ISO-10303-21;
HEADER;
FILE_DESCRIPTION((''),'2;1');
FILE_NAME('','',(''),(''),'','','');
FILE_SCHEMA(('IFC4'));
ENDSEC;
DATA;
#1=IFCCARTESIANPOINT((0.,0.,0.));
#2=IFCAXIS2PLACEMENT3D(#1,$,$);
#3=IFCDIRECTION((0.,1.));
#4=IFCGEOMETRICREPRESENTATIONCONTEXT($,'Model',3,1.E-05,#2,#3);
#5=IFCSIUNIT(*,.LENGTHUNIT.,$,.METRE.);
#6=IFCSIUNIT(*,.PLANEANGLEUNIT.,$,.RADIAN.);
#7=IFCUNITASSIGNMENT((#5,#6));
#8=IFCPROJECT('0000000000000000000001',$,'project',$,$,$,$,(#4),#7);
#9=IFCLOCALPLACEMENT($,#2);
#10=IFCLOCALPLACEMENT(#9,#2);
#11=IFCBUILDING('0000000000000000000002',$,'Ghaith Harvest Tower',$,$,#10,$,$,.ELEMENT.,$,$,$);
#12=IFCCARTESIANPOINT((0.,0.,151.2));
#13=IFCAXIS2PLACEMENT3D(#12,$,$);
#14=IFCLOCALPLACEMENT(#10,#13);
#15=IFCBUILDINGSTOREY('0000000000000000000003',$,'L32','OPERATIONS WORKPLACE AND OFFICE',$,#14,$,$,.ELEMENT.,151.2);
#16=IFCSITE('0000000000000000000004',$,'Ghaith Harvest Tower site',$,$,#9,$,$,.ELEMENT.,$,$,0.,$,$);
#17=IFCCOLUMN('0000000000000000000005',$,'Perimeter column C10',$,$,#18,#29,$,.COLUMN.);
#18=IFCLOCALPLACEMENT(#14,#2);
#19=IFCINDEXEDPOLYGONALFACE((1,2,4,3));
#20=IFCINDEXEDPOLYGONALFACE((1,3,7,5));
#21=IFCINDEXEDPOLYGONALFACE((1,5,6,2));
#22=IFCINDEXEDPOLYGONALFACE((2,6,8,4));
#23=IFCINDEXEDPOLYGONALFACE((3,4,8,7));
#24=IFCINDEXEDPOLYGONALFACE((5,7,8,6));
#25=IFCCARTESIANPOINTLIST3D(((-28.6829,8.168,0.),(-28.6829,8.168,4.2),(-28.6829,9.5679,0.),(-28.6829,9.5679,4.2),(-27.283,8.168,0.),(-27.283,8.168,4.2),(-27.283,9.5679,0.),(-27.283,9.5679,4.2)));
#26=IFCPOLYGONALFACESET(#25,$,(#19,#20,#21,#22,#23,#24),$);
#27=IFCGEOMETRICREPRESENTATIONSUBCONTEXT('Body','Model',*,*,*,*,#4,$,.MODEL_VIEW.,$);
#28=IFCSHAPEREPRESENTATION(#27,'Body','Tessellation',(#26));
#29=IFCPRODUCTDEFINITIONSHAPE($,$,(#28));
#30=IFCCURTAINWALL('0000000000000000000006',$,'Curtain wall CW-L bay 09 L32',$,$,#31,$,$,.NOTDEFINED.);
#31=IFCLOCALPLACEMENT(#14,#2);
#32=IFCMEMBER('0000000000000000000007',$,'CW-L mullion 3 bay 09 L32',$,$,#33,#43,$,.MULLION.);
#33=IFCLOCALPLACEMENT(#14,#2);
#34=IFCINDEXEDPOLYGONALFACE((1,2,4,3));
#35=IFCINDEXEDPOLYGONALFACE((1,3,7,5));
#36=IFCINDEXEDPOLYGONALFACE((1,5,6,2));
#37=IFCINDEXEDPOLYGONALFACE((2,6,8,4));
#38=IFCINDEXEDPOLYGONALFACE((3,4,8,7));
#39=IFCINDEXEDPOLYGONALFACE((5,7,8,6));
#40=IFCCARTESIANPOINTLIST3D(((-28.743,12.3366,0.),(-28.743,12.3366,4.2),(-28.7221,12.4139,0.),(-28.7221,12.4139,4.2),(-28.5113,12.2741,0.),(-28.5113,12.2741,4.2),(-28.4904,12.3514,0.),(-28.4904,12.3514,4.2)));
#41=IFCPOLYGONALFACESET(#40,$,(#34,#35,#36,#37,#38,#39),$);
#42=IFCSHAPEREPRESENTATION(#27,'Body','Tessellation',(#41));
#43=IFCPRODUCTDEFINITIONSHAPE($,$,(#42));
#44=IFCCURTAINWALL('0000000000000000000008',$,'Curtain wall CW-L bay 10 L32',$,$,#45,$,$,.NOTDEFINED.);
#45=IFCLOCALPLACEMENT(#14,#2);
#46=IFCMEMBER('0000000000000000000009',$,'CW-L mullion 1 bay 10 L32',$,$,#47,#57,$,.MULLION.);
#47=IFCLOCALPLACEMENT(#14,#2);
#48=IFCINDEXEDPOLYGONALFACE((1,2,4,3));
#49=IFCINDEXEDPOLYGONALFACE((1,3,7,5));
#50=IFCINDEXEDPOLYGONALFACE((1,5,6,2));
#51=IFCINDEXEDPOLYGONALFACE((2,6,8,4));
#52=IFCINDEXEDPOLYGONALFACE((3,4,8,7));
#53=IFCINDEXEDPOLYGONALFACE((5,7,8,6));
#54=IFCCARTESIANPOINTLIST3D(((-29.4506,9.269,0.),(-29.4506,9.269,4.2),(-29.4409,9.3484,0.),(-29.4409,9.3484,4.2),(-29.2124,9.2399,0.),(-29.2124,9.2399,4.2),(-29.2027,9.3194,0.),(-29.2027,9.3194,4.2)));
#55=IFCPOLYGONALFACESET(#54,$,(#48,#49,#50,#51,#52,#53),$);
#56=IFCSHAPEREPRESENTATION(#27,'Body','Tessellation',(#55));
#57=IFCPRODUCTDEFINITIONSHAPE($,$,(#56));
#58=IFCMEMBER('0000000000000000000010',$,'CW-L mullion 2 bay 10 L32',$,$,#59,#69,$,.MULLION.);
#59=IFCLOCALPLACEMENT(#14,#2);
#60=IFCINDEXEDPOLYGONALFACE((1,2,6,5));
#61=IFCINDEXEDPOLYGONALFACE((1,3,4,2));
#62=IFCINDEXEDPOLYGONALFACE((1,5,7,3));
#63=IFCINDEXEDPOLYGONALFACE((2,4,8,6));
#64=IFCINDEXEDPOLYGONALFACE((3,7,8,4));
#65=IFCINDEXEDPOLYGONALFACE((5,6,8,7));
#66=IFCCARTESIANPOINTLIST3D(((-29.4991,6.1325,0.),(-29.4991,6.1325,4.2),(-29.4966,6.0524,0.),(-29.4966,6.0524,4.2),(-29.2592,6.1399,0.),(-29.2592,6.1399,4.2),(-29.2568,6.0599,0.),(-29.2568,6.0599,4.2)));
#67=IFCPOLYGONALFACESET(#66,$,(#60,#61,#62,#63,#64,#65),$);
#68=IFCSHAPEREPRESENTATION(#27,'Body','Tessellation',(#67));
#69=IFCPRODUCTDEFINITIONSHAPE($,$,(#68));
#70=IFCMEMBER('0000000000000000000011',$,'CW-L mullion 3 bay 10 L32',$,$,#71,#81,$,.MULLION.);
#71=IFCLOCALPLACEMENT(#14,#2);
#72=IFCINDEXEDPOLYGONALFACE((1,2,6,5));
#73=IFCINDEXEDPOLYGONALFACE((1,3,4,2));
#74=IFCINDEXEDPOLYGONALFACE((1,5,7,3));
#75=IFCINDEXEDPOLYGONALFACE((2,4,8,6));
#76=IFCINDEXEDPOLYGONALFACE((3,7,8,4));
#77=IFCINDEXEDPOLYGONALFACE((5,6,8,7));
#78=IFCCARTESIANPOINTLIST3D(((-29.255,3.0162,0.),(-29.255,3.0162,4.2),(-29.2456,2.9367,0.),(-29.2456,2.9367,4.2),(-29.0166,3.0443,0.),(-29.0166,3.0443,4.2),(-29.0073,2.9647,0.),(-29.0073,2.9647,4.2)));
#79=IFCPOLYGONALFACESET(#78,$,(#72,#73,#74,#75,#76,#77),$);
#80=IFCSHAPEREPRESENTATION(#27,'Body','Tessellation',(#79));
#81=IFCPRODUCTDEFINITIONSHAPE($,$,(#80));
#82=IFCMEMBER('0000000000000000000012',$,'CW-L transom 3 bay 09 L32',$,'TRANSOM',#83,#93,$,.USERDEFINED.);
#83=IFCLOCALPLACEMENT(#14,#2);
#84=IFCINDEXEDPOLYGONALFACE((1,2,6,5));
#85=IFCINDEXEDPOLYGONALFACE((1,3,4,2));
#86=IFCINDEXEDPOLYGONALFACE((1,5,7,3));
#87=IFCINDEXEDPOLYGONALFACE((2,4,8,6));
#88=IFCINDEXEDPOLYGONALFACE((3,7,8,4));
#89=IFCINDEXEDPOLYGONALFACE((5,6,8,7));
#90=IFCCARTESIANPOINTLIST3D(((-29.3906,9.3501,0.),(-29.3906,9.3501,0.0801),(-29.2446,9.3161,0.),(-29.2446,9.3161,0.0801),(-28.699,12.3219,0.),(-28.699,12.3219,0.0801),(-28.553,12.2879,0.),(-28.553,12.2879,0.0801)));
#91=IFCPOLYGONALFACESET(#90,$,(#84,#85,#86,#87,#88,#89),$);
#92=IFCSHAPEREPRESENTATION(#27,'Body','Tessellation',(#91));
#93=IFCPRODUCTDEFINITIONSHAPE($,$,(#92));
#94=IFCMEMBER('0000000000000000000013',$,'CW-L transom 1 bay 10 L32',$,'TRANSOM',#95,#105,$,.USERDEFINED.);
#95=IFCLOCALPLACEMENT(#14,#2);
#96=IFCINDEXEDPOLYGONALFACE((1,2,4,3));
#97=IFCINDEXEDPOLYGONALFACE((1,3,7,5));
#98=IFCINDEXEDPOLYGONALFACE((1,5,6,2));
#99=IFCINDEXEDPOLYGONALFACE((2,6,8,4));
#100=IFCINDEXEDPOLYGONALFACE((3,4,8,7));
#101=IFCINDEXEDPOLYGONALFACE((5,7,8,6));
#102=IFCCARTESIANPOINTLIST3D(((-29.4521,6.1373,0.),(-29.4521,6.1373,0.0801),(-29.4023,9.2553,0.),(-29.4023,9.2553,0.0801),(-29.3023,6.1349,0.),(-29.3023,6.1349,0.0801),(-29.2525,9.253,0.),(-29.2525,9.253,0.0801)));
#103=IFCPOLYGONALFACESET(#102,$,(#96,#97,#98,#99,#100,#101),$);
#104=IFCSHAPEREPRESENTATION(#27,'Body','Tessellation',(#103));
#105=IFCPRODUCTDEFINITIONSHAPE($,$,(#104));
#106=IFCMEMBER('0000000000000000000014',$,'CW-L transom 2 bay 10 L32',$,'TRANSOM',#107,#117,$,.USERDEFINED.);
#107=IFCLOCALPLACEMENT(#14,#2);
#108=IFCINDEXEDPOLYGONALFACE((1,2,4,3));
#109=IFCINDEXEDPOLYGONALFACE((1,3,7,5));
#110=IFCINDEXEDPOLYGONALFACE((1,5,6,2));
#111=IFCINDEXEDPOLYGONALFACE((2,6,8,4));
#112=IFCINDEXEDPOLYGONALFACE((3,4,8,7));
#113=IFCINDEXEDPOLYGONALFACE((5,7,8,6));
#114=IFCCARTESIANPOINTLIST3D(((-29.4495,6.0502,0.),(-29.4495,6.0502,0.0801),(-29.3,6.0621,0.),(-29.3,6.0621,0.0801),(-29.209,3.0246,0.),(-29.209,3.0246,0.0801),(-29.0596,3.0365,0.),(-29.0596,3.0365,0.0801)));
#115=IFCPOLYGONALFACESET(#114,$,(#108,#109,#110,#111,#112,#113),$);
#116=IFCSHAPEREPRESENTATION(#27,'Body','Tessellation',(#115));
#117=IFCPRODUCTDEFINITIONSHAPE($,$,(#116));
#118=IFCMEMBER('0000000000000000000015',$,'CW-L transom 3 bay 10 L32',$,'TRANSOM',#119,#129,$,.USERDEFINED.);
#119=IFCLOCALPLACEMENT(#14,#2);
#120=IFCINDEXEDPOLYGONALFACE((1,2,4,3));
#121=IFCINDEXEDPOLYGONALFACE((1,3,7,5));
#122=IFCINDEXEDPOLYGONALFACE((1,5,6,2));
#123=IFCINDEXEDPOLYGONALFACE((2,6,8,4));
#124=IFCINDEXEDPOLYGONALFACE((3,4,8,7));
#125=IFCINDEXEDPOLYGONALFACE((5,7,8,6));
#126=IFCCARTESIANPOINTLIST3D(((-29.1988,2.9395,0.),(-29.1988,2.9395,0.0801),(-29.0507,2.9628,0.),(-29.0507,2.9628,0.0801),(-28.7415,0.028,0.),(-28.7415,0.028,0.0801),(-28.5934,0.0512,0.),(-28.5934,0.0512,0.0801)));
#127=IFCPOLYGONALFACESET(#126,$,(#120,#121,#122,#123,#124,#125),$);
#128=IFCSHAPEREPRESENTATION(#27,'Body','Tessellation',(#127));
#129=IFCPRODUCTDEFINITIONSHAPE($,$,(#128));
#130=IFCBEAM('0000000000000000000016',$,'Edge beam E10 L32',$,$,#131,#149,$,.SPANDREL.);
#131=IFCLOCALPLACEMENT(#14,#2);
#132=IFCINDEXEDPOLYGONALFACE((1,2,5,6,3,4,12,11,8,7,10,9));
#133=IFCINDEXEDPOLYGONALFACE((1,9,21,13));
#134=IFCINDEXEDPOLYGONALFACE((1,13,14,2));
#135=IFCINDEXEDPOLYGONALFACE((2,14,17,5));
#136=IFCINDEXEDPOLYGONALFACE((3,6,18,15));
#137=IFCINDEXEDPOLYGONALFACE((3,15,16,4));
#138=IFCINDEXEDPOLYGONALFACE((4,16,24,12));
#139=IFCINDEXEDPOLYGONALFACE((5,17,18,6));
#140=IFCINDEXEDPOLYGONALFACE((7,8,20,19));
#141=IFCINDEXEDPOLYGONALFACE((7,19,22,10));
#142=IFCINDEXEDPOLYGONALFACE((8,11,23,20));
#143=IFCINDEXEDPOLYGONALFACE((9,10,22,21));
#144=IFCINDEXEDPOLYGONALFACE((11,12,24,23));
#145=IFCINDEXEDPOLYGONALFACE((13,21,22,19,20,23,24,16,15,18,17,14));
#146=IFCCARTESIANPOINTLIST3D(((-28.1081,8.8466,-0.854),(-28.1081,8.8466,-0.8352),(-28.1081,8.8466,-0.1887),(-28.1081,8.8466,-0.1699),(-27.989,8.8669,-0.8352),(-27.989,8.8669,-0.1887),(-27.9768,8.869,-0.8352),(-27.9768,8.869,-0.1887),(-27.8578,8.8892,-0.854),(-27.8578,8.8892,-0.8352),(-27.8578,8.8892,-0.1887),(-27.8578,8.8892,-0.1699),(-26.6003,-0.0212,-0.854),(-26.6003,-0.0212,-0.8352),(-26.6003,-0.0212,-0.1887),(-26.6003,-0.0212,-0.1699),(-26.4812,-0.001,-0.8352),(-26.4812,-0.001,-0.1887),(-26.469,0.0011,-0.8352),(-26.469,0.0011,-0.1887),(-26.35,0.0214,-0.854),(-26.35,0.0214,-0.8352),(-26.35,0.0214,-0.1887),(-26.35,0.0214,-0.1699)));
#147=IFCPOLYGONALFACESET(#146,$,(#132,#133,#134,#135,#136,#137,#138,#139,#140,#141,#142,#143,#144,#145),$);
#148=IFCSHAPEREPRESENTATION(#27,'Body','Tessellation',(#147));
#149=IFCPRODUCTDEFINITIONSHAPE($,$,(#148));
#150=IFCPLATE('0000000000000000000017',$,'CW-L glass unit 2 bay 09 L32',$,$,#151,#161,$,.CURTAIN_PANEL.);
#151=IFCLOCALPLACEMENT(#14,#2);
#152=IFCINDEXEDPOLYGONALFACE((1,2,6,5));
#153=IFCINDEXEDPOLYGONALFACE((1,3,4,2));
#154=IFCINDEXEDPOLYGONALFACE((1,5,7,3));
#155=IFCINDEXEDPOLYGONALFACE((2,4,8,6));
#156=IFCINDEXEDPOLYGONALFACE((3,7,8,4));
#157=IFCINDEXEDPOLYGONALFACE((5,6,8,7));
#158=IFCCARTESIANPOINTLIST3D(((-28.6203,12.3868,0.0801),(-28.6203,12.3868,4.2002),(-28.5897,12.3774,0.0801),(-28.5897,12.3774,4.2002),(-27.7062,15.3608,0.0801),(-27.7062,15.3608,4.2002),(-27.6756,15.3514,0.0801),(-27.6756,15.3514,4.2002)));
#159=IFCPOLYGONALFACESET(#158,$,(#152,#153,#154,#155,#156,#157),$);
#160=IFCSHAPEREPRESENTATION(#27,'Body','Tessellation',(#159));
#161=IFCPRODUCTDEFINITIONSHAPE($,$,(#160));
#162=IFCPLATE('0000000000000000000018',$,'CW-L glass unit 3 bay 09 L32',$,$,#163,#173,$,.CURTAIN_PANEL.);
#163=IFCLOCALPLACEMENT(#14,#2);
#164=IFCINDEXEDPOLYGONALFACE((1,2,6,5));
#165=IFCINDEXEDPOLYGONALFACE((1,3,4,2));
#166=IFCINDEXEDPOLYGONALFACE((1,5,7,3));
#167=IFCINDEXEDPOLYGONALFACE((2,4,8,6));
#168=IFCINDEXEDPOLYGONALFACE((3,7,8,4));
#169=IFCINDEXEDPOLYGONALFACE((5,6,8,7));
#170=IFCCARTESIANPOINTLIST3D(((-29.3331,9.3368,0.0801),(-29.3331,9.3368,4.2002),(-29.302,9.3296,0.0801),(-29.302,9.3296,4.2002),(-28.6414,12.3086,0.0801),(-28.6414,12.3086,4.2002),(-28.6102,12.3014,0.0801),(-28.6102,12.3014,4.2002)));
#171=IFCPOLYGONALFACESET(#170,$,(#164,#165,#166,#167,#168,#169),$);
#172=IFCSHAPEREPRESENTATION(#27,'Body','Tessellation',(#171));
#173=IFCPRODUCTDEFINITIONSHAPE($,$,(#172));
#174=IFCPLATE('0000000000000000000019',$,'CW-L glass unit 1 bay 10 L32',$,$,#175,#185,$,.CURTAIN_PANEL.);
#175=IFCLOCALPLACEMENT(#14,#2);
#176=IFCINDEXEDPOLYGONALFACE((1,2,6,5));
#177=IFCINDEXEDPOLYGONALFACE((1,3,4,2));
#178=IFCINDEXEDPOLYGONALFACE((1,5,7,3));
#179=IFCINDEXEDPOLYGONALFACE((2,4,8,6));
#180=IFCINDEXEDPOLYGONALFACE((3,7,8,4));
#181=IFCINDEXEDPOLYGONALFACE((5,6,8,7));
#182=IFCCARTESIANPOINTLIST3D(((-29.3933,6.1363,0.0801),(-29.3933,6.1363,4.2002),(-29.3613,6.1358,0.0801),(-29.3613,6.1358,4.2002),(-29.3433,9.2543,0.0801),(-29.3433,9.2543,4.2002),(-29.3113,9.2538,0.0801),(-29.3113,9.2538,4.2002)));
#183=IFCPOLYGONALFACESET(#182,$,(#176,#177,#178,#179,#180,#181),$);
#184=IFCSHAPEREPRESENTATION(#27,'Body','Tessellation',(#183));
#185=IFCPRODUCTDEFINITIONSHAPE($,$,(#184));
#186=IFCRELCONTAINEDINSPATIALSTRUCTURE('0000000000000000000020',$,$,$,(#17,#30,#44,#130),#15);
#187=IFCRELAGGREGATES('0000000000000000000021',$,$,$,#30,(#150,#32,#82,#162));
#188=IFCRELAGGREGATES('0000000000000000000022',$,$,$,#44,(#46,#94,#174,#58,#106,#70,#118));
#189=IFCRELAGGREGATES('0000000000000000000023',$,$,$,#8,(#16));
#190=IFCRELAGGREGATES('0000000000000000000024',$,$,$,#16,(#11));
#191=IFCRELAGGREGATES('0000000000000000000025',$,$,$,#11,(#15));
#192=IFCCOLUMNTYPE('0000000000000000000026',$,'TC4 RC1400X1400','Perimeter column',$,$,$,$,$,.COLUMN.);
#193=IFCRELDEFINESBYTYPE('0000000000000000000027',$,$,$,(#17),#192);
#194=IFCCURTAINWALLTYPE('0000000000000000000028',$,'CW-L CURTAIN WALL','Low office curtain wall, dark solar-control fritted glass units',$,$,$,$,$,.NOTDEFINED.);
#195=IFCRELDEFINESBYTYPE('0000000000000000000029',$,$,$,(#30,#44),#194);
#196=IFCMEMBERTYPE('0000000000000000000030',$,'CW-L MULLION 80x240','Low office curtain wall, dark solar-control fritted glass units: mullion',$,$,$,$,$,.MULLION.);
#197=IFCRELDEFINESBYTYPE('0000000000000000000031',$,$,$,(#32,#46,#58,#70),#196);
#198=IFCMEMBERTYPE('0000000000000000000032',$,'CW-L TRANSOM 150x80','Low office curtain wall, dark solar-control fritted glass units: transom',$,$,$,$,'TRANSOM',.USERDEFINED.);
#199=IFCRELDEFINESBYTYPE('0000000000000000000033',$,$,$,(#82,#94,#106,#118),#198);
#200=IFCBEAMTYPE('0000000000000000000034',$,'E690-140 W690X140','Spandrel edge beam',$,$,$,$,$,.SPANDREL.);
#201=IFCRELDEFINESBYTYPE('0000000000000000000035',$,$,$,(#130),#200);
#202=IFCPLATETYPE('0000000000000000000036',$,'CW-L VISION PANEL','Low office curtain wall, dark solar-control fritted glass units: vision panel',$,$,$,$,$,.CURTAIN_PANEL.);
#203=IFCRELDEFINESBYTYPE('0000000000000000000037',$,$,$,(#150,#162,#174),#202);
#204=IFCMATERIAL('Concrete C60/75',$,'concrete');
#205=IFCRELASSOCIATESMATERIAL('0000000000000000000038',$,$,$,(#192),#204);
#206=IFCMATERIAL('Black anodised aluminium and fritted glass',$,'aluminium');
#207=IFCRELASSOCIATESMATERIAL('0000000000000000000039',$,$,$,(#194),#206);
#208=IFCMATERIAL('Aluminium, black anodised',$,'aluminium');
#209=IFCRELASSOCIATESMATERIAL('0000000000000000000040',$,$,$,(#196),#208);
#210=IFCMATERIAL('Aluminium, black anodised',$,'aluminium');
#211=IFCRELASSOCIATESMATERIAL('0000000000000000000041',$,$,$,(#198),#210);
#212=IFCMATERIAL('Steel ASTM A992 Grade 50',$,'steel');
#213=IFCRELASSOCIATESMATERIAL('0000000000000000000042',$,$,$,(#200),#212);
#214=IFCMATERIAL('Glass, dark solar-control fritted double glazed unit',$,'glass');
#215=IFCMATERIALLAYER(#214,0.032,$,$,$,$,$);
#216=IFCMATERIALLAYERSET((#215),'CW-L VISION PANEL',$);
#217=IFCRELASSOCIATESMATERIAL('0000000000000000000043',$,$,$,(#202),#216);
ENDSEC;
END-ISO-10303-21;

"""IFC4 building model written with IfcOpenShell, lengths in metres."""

from ifc_helpers import new_model, si_unit, direction, frame, origin, origin_2d, place, context, subcontext, project, spatial, rectangle, i_section, extrude, material, layer, layer_set, material_profile, profile_set, type_object, element, aggregate, save


model = new_model("IFC4")

# Units and contexts
model_context = context("Model", 3, precision=1e-05, world=origin(), true_north=direction((0.0, 1.0)))
body_context = subcontext(model_context, "Body", "Model", "MODEL_VIEW")
ifc_project = project(units=[si_unit("LENGTHUNIT", "METRE"), si_unit("PLANEANGLEUNIT", "RADIAN")], contexts=[model_context])

# Site, building, storey
site_placement = place(None, origin())
site = spatial("IfcSite", under=ifc_project, at=site_placement, Name="Ghaith Harvest Tower site", CompositionType="ELEMENT", RefElevation=0.0)
building_placement = place(site_placement, origin())
building = spatial("IfcBuilding", under=site, at=building_placement, Name="Ghaith Harvest Tower", CompositionType="ELEMENT")
storey_placement = place(building_placement, frame((0.0, 0.0, 151.2)))
storey = spatial("IfcBuildingStorey", under=building, at=storey_placement, Name="L32", Description="OPERATIONS WORKPLACE AND OFFICE", CompositionType="ELEMENT", Elevation=151.2)

# Column
ifc_material_1 = material(Name="Concrete C60/75", Category="concrete")
ifc_material_profile_1 = material_profile(ifc_material_1, rectangle(XDim=1.3999, YDim=1.3999, at=origin_2d()), Name="RC1400X1400")
ifc_profile_set_1 = profile_set([ifc_material_profile_1], Name="Concrete C60/75")
column_type = type_object("IfcColumnType", Name="TC4 RC1400X1400", Description="Perimeter column", PredefinedType="COLUMN", material=ifc_profile_set_1)
column_placement = place(storey_placement, frame((-27.9829, 8.8679, 0.0), z_axis=(0.0, 0.0, 1.0), x_axis=(1.0, 0.0, 0.0)))
element("IfcColumn", 1, at=column_placement, inside=storey, type_object=column_type, Name="Perimeter column C10", PredefinedType="COLUMN", context=body_context, shape_type="SweptSolid", body=[
    extrude(rectangle(XDim=1.3999, YDim=1.3999, at=origin_2d()), origin(), (0.0, 0.0, 1.0), 4.2),
])

# Curtain wall, member
ifc_material_2 = material(Name="Black anodised aluminium and fritted glass", Category="aluminium")
curtain_wall_type = type_object("IfcCurtainWallType", Name="CW-L CURTAIN WALL", Description="Low office curtain wall, dark solar-control fritted glass units", PredefinedType="NOTDEFINED", material=ifc_material_2)
curtain_wall_1_placement = place(storey_placement, origin())
curtain_wall_1 = element("IfcCurtainWall", 2, at=curtain_wall_1_placement, inside=storey, type_object=curtain_wall_type, Name="Curtain wall CW-L bay 09 L32", PredefinedType="NOTDEFINED")
ifc_material_3 = material(Name="Aluminium, black anodised", Category="aluminium")
ifc_material_profile_2 = material_profile(ifc_material_3, rectangle(XDim=0.0801, YDim=0.24, at=origin_2d()), Name="CW-L MULLION 80x240")
ifc_profile_set_2 = profile_set([ifc_material_profile_2], Name="Aluminium, black anodised")
member_type_1 = type_object("IfcMemberType", Name="CW-L MULLION 80x240", Description="Low office curtain wall, dark solar-control fritted glass units: mullion", PredefinedType="MULLION", material=ifc_profile_set_2)
member_1_placement = place(storey_placement, frame((-28.6167, 12.344, 0.0), z_axis=(0.0, 0.0, 1.0), x_axis=(-0.260727, -0.965412, 0.0)))
member_1 = element("IfcMember", 3, at=member_1_placement, type_object=member_type_1, Name="CW-L mullion 3 bay 09 L32", PredefinedType="MULLION", context=body_context, shape_type="SweptSolid", body=[
    extrude(rectangle(XDim=0.0801, YDim=0.24, at=origin_2d()), origin(), (0.0, 0.0, 1.0), 4.2),
])

# Curtain wall, members
curtain_wall_2_placement = place(storey_placement, origin())
curtain_wall_2 = element("IfcCurtainWall", 4, at=curtain_wall_2_placement, inside=storey, type_object=curtain_wall_type, Name="Curtain wall CW-L bay 10 L32", PredefinedType="NOTDEFINED")
member_2_placement = place(storey_placement, frame((-29.3267, 9.2942, 0.0), z_axis=(0.0, 0.0, 1.0), x_axis=(-0.120932, -0.992661, 0.0)))
member_2 = element("IfcMember", 5, at=member_2_placement, type_object=member_type_1, Name="CW-L mullion 1 bay 10 L32", PredefinedType="MULLION", context=body_context, shape_type="SweptSolid", body=[
    extrude(rectangle(XDim=0.0801, YDim=0.24, at=origin_2d()), origin(), (0.0, 0.0, 1.0), 4.2),
])
member_3_placement = place(storey_placement, frame((-29.3779, 6.0962, 0.0), z_axis=(0.0, 0.0, 1.0), x_axis=(0.031028, -0.999519, 0.0)))
member_3 = element("IfcMember", 6, at=member_3_placement, type_object=member_type_1, Name="CW-L mullion 2 bay 10 L32", PredefinedType="MULLION", context=body_context, shape_type="SweptSolid", body=[
    extrude(rectangle(XDim=0.0801, YDim=0.24, at=origin_2d()), origin(), (0.0, 0.0, 1.0), 4.2),
])
member_4_placement = place(storey_placement, frame((-29.1311, 2.9905, 0.0), z_axis=(0.0, 0.0, 1.0), x_axis=(0.116764, -0.99316, 0.0)))
member_4 = element("IfcMember", 7, at=member_4_placement, type_object=member_type_1, Name="CW-L mullion 3 bay 10 L32", PredefinedType="MULLION", context=body_context, shape_type="SweptSolid", body=[
    extrude(rectangle(XDim=0.0801, YDim=0.24, at=origin_2d()), origin(), (0.0, 0.0, 1.0), 4.2),
])

# Members
ifc_material_4 = material(Name="Aluminium, black anodised", Category="aluminium")
ifc_material_profile_3 = material_profile(ifc_material_4, rectangle(XDim=0.1499, YDim=0.0801, at=origin_2d()), Name="CW-L TRANSOM 150x80")
ifc_profile_set_3 = profile_set([ifc_material_profile_3], Name="Aluminium, black anodised")
member_type_2 = type_object("IfcMemberType", Name="CW-L TRANSOM 150x80", Description="Low office curtain wall, dark solar-control fritted glass units: transom", ElementType="TRANSOM", PredefinedType="USERDEFINED", material=ifc_profile_set_3)
member_5_placement = place(storey_placement, frame((-28.626, 12.3049, 0.04), z_axis=(-0.226671, -0.973971, 0.0), x_axis=(0.973971, -0.226671, 0.0)))
member_5 = element("IfcMember", 8, at=member_5_placement, type_object=member_type_2, Name="CW-L transom 3 bay 09 L32", ObjectType="TRANSOM", PredefinedType="USERDEFINED", context=body_context, shape_type="SweptSolid", body=[
    extrude(rectangle(XDim=0.1499, YDim=0.0801, at=origin_2d()), origin(), (0.0, 0.0, 1.0), 3.0513),
])
member_6_placement = place(storey_placement, frame((-29.3274, 9.2542, 0.04), z_axis=(-0.015972, -0.999872, 0.0), x_axis=(0.999872, -0.015972, 0.0)))
member_6 = element("IfcMember", 9, at=member_6_placement, type_object=member_type_2, Name="CW-L transom 1 bay 10 L32", ObjectType="TRANSOM", PredefinedType="USERDEFINED", context=body_context, shape_type="SweptSolid", body=[
    extrude(rectangle(XDim=0.1499, YDim=0.0801, at=origin_2d()), origin(), (0.0, 0.0, 1.0), 3.1184),
])
member_7_placement = place(storey_placement, frame((-29.3748, 6.0562, 0.04), z_axis=(0.07923, -0.996856, 0.0), x_axis=(0.996856, 0.07923, 0.0)))
member_7 = element("IfcMember", 10, at=member_7_placement, type_object=member_type_2, Name="CW-L transom 2 bay 10 L32", ObjectType="TRANSOM", PredefinedType="USERDEFINED", context=body_context, shape_type="SweptSolid", body=[
    extrude(rectangle(XDim=0.1499, YDim=0.0801, at=origin_2d()), origin(), (0.0, 0.0, 1.0), 3.0352),
])
member_8_placement = place(storey_placement, frame((-29.1248, 2.9512, 0.04), z_axis=(0.15515, -0.987891, 0.0), x_axis=(0.987891, 0.15515, 0.0)))
member_8 = element("IfcMember", 11, at=member_8_placement, type_object=member_type_2, Name="CW-L transom 3 bay 10 L32", ObjectType="TRANSOM", PredefinedType="USERDEFINED", context=body_context, shape_type="SweptSolid", body=[
    extrude(rectangle(XDim=0.1499, YDim=0.0801, at=origin_2d()), origin(), (0.0, 0.0, 1.0), 2.9473),
])

# Beam
ifc_material_5 = material(Name="Steel ASTM A992 Grade 50", Category="steel")
ifc_material_profile_4 = material_profile(ifc_material_5, i_section(OverallWidth=0.2539, OverallDepth=0.6841, WebThickness=0.0125, FlangeThickness=0.0188, at=origin_2d()), Name="W690X140")
ifc_profile_set_4 = profile_set([ifc_material_profile_4], Name="Steel ASTM A992 Grade 50")
beam_type = type_object("IfcBeamType", Name="E690-140 W690X140", Description="Spandrel edge beam", PredefinedType="SPANDREL", material=ifc_profile_set_4)
beam_placement = place(storey_placement, frame((-27.9829, 8.8679, -0.512), z_axis=(0.167624, -0.985851, 0.0), x_axis=(0.985851, 0.167624, 0.0)))
element("IfcBeam", 12, at=beam_placement, inside=storey, type_object=beam_type, Name="Edge beam E10 L32", PredefinedType="SPANDREL", context=body_context, shape_type="SweptSolid", body=[
    extrude(i_section(OverallWidth=0.2539, OverallDepth=0.6841, WebThickness=0.0125, FlangeThickness=0.0188, at=origin_2d()), origin(), (0.0, 0.0, 1.0), 8.9951),
])

# Plates
ifc_material_6 = material(Name="Glass, dark solar-control fritted double glazed unit", Category="glass")
ifc_layer_1 = layer(ifc_material_6, 0.032)
ifc_layer_set_1 = layer_set([ifc_layer_1], Name="CW-L VISION PANEL")
plate_type_1 = type_object("IfcPlateType", Name="CW-L VISION PANEL", Description="Low office curtain wall, dark solar-control fritted glass units: vision panel", PredefinedType="CURTAIN_PANEL", material=ifc_layer_set_1)
plate_1_placement = place(storey_placement, frame((-28.1479, 13.8691, 0.0801), z_axis=(0.0, 0.0, 1.0), x_axis=(-0.293803, -0.955866, 0.0)))
plate_1 = element("IfcPlate", 13, at=plate_1_placement, type_object=plate_type_1, Name="CW-L glass unit 2 bay 09 L32", PredefinedType="CURTAIN_PANEL", context=body_context, shape_type="SweptSolid", body=[
    extrude(rectangle(XDim=3.1113, YDim=0.032, at=origin_2d()), origin(), (0.0, 0.0, 1.0), 4.1201),
])
plate_2_placement = place(storey_placement, frame((-28.9717, 10.8191, 0.0801), z_axis=(0.0, 0.0, 1.0), x_axis=(-0.226699, -0.973965, 0.0)))
plate_2 = element("IfcPlate", 14, at=plate_2_placement, type_object=plate_type_1, Name="CW-L glass unit 3 bay 09 L32", PredefinedType="CURTAIN_PANEL", context=body_context, shape_type="SweptSolid", body=[
    extrude(rectangle(XDim=3.0513, YDim=0.032, at=origin_2d()), origin(), (0.0, 0.0, 1.0), 4.1201),
])
aggregate(curtain_wall_1, [plate_1, member_1, member_5, plate_2])
plate_3_placement = place(storey_placement, frame((-29.3523, 7.6951, 0.0801), z_axis=(0.0, 0.0, 1.0), x_axis=(-0.016034, -0.999871, 0.0)))
plate_3 = element("IfcPlate", 15, at=plate_3_placement, type_object=plate_type_1, Name="CW-L glass unit 1 bay 10 L32", PredefinedType="CURTAIN_PANEL", context=body_context, shape_type="SweptSolid", body=[
    extrude(rectangle(XDim=3.1184, YDim=0.032, at=origin_2d()), origin(), (0.0, 0.0, 1.0), 4.1201),
])
aggregate(curtain_wall_2, [member_2, member_6, plate_3, member_3, member_7, member_4, member_8])

save(model, "model.ifc")
